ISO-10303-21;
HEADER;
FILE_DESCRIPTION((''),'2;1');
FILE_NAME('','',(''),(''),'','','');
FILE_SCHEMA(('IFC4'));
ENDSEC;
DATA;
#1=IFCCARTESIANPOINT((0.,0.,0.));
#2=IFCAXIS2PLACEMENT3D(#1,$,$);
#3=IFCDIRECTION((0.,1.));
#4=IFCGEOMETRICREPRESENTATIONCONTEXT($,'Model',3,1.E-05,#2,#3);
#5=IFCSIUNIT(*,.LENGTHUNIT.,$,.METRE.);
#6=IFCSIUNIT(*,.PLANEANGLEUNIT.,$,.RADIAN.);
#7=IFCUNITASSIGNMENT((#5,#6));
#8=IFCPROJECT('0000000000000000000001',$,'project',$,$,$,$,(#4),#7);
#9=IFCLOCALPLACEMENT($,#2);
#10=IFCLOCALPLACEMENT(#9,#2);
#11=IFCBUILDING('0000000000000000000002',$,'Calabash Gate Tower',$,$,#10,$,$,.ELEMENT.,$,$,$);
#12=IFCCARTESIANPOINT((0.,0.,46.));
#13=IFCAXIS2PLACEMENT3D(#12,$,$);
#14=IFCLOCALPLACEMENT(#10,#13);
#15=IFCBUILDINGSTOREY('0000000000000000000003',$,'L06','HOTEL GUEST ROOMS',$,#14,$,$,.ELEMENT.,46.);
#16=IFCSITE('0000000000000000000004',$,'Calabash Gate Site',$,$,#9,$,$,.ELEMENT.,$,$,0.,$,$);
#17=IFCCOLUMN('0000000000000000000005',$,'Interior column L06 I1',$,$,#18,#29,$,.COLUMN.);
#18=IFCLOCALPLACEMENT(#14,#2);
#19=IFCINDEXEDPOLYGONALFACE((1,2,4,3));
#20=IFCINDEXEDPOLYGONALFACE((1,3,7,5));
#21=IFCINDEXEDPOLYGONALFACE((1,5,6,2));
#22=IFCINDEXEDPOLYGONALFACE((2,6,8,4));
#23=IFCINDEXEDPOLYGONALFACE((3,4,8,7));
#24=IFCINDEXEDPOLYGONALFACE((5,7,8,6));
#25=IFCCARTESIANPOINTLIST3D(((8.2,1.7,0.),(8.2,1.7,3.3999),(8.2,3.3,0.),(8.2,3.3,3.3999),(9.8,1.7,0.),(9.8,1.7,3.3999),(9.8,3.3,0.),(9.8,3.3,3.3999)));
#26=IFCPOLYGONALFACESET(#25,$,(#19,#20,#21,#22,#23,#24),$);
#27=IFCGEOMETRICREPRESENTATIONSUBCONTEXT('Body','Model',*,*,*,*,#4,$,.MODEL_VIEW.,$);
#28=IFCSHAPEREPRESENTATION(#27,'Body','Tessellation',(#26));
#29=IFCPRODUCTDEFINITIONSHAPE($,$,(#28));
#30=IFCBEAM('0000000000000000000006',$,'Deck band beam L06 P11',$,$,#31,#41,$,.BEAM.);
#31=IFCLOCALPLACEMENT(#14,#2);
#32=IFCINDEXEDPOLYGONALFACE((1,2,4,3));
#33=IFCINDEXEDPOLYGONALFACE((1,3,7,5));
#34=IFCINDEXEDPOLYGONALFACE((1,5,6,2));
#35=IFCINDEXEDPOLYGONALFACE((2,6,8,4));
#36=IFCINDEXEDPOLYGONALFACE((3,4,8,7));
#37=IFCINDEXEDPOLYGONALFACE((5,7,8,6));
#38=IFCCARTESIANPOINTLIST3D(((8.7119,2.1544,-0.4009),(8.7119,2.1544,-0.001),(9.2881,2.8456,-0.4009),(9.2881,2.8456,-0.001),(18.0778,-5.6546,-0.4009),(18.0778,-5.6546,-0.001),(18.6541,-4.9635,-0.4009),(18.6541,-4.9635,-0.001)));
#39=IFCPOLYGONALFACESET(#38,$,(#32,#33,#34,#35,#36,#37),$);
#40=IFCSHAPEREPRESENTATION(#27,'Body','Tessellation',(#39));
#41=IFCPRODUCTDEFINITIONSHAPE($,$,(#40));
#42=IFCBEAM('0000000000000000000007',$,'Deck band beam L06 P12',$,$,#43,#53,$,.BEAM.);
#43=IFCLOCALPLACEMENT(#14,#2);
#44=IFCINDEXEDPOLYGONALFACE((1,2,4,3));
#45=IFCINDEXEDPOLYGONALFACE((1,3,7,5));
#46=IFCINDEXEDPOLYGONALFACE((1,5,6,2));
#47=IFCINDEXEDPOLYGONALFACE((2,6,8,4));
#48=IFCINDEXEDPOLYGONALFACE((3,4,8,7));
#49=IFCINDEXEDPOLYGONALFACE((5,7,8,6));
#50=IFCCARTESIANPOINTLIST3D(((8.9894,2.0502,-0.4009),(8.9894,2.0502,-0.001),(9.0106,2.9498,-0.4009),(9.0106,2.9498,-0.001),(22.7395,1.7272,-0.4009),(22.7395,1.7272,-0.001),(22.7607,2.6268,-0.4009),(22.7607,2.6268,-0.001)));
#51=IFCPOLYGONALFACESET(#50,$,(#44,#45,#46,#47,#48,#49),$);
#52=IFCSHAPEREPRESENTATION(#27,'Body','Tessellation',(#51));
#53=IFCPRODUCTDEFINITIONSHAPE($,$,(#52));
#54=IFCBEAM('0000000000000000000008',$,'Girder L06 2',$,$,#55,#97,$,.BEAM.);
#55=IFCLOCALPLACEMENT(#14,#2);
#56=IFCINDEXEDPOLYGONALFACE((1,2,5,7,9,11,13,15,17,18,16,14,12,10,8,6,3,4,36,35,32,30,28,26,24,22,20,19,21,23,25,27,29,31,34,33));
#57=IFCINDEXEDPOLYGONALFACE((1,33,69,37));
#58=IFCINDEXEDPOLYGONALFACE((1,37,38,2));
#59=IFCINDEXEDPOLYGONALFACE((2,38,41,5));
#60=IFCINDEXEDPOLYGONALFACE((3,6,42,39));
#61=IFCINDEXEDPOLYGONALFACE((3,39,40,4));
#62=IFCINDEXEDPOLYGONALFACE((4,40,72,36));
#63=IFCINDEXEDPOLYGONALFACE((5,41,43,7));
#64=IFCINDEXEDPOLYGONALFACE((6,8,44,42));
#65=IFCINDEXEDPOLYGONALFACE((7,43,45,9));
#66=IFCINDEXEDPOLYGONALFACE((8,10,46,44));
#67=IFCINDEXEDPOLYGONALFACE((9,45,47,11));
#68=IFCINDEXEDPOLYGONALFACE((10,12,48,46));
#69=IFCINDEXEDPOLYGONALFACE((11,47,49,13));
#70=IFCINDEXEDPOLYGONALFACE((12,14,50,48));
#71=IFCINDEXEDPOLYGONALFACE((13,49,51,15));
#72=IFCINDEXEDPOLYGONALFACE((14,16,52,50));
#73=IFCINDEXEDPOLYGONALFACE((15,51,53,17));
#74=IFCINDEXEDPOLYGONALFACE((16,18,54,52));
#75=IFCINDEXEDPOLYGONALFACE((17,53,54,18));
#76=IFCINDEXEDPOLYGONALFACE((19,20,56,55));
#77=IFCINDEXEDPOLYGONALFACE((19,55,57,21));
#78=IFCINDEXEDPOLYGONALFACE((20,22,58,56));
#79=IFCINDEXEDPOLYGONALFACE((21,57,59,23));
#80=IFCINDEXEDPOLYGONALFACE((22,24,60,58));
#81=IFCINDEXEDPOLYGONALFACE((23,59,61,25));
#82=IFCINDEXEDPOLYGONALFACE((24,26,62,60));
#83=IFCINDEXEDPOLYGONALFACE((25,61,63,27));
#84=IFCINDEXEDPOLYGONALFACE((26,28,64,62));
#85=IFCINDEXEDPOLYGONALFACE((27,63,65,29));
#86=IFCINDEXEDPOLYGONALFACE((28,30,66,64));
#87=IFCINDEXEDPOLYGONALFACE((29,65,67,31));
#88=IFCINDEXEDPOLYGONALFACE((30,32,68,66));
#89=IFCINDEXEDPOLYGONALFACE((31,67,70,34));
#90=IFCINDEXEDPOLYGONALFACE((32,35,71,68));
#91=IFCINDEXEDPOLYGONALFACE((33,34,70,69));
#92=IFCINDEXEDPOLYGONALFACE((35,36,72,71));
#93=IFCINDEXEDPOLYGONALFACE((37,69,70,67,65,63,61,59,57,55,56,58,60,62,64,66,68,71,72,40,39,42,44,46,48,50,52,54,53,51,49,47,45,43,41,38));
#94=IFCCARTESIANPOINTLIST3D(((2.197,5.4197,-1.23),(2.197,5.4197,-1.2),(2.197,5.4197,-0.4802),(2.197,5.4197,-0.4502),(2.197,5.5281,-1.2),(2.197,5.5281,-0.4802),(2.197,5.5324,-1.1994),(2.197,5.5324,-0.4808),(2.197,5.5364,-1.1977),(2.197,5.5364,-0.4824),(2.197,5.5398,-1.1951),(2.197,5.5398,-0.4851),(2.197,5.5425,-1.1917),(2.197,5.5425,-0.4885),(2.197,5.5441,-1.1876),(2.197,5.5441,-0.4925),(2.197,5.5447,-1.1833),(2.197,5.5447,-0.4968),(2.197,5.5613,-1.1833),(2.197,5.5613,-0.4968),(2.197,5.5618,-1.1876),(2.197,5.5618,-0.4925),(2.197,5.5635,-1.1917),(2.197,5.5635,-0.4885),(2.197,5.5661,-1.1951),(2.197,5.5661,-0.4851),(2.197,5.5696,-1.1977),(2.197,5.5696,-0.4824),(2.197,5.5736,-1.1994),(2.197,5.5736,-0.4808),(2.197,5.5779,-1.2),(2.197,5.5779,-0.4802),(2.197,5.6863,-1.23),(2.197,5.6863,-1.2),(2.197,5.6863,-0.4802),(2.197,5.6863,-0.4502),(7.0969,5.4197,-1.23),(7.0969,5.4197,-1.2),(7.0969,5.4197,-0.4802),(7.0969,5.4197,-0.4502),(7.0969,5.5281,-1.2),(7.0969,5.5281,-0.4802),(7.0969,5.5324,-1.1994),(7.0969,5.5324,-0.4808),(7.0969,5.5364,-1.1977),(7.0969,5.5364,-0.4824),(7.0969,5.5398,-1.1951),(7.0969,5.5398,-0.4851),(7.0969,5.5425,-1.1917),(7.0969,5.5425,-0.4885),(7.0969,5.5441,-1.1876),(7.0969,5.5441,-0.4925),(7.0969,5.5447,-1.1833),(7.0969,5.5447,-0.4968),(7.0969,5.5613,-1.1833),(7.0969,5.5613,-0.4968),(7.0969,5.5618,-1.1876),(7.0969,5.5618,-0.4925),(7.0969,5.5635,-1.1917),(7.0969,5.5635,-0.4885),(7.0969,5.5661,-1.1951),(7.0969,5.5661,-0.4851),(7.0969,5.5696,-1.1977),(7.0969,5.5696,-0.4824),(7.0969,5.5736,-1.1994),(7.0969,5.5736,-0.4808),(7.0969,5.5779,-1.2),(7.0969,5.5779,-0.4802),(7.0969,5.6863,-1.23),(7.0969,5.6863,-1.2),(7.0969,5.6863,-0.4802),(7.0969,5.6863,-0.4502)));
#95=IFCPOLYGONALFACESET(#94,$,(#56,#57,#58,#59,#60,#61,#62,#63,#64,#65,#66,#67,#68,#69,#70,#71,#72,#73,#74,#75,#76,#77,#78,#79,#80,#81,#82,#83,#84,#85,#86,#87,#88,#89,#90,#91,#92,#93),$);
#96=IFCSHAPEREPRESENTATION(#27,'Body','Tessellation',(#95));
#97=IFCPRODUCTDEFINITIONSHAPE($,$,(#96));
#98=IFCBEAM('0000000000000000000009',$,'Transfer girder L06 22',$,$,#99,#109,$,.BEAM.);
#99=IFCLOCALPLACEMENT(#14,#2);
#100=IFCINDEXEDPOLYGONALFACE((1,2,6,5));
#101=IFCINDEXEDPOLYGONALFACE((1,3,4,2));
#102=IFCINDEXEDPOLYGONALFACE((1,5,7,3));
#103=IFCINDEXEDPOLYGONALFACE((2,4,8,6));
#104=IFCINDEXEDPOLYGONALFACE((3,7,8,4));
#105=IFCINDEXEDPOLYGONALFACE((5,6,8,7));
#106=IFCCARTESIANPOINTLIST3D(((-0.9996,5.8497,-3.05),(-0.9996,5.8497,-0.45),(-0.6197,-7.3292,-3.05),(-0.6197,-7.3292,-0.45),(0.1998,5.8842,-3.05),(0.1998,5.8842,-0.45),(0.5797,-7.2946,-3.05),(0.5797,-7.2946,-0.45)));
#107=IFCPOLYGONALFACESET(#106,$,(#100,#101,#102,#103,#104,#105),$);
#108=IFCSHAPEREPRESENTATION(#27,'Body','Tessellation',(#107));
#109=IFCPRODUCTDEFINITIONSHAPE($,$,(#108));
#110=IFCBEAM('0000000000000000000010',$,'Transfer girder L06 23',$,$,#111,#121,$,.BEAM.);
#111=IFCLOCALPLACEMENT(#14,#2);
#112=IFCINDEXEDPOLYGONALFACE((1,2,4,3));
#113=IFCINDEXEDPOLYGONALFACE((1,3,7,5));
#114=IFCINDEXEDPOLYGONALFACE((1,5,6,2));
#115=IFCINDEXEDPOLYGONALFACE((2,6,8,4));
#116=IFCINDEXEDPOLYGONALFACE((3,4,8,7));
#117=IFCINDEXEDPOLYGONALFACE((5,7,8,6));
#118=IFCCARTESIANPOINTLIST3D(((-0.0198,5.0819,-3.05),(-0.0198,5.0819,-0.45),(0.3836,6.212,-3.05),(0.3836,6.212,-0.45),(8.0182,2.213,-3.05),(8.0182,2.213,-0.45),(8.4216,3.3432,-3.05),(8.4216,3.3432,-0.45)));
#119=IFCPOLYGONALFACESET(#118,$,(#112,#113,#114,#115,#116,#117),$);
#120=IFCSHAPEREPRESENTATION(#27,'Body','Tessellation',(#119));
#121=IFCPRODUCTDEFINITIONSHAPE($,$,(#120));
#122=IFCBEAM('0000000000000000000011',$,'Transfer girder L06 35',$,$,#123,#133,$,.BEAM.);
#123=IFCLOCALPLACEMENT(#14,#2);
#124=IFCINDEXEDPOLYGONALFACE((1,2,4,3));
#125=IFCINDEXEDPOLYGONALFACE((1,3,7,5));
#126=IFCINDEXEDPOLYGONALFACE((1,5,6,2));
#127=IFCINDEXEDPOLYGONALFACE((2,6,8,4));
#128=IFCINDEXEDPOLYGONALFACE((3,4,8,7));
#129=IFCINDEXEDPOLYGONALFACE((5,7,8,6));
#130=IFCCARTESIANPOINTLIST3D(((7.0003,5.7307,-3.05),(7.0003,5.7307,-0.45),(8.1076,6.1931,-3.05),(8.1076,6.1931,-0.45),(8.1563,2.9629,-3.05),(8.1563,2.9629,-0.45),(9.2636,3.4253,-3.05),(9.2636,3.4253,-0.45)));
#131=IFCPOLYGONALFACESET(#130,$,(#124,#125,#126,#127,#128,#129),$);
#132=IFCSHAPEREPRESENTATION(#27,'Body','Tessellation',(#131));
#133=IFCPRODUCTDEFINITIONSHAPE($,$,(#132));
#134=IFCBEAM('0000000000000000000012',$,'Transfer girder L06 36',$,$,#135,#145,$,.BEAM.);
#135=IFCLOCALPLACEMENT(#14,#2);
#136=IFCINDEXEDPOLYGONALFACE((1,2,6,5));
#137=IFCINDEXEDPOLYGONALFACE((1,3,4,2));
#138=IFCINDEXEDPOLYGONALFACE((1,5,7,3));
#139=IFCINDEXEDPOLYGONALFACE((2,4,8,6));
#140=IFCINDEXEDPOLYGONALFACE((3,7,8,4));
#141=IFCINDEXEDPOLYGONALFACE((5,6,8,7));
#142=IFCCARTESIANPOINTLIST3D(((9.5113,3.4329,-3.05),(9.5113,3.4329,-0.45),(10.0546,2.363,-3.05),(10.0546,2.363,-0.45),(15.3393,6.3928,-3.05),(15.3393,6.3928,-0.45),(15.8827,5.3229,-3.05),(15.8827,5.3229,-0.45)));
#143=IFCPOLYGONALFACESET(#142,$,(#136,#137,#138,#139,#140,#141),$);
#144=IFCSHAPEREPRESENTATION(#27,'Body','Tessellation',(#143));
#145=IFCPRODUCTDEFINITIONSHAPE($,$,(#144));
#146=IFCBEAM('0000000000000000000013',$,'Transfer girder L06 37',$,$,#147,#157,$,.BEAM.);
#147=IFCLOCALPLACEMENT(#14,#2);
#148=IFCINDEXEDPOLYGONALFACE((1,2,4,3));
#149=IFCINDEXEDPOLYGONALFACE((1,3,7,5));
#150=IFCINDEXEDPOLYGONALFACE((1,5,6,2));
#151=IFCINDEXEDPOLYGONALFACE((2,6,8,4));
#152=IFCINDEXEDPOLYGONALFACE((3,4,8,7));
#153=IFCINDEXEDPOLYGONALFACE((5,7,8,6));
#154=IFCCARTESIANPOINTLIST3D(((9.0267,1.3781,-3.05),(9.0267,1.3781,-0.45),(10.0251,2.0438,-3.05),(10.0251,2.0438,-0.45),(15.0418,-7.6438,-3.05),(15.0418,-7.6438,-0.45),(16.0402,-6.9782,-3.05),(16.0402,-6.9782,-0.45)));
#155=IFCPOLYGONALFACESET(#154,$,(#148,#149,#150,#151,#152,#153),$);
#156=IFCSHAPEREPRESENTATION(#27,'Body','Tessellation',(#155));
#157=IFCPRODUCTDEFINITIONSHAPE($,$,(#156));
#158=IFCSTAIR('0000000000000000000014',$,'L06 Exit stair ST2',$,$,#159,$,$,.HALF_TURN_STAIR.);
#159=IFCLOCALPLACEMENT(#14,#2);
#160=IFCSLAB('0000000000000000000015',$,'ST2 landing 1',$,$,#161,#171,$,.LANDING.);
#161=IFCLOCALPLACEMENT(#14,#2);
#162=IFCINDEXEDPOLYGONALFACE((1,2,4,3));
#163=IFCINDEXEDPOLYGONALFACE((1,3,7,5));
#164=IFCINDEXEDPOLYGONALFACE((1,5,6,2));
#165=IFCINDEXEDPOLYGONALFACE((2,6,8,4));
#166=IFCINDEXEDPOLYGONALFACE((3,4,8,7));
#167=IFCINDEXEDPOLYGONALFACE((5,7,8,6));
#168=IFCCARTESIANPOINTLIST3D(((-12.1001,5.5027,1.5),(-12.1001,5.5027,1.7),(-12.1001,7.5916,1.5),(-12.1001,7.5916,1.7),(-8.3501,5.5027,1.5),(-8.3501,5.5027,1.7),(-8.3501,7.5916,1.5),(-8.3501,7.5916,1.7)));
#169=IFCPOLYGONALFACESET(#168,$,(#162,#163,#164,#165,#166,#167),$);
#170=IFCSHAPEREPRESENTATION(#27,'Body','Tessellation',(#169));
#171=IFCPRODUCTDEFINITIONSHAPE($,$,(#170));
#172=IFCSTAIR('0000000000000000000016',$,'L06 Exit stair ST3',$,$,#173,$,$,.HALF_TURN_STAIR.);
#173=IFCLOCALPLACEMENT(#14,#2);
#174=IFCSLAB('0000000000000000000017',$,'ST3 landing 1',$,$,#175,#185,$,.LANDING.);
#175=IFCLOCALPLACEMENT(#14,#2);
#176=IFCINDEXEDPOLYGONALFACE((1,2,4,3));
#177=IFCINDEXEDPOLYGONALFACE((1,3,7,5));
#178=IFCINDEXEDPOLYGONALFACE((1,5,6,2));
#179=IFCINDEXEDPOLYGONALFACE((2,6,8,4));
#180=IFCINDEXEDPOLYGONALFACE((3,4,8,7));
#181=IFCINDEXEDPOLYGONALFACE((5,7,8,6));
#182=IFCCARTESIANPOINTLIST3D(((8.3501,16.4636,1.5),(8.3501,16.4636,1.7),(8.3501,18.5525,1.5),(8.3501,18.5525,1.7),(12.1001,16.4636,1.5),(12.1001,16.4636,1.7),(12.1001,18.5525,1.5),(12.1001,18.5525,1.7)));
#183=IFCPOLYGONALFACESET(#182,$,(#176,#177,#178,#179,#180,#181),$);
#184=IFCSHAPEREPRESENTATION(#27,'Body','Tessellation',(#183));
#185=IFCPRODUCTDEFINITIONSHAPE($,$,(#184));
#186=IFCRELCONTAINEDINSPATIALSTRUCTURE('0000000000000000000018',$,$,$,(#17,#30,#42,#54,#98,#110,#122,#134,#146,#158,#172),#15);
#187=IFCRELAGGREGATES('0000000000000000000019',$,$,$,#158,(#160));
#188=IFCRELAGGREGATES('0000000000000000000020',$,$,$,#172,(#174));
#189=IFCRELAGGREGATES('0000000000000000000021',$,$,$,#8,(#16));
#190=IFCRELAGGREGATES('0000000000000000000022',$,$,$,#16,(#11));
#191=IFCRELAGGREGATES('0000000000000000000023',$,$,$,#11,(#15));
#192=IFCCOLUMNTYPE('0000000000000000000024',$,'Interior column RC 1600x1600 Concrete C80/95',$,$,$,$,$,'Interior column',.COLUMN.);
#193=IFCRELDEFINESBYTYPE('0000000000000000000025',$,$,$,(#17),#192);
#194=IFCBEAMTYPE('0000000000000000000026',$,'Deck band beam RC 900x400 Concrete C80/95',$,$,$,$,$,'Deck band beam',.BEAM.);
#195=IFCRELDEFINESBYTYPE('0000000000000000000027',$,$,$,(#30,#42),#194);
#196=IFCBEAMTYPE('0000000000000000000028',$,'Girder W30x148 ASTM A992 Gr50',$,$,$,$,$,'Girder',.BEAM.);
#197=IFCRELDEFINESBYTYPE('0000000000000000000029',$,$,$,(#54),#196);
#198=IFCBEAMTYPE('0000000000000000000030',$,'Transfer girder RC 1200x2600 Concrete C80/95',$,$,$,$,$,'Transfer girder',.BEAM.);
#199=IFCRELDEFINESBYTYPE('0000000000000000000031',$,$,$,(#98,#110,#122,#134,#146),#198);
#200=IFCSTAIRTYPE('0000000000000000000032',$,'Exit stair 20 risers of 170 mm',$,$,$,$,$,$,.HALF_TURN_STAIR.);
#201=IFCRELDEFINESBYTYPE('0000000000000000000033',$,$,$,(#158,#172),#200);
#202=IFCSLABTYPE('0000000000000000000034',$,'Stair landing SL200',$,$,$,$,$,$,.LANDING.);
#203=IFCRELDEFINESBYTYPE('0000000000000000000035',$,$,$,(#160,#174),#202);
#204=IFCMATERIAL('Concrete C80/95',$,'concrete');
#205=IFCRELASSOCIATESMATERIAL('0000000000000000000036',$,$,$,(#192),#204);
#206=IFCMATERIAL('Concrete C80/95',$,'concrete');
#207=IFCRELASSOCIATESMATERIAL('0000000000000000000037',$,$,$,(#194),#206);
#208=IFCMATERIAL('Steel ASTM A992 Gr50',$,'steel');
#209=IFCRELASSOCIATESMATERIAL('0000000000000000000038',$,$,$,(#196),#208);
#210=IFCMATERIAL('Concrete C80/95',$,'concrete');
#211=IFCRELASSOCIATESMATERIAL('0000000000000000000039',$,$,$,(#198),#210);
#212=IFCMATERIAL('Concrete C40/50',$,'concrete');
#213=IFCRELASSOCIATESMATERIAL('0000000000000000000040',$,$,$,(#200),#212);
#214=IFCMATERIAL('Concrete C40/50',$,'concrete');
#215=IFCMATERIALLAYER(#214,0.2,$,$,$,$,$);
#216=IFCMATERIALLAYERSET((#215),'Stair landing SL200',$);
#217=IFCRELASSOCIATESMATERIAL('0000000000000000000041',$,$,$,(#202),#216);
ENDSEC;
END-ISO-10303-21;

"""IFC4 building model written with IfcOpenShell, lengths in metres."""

from ifc_helpers import new_model, si_unit, direction, frame, origin, origin_2d, place, context, subcontext, project, spatial, polyline, rectangle, i_section, outline, extrude, material, layer, layer_set, material_profile, profile_set, type_object, element, aggregate, save


model = new_model("IFC4")

# Units and contexts
model_context = context("Model", 3, precision=1e-05, world=origin(), true_north=direction((0.0, 1.0)))
body_context = subcontext(model_context, "Body", "Model", "MODEL_VIEW")
ifc_project = project(units=[si_unit("LENGTHUNIT", "METRE"), si_unit("PLANEANGLEUNIT", "RADIAN")], contexts=[model_context])

# Site, building, storey
site_placement = place(None, origin())
site = spatial("IfcSite", under=ifc_project, at=site_placement, Name="Calabash Gate Site", CompositionType="ELEMENT", RefElevation=0.0)
building_placement = place(site_placement, origin())
building = spatial("IfcBuilding", under=site, at=building_placement, Name="Calabash Gate Tower", CompositionType="ELEMENT")
storey_placement = place(building_placement, frame((0.0, 0.0, 46.0)))
storey = spatial("IfcBuildingStorey", under=building, at=storey_placement, Name="L06", Description="HOTEL GUEST ROOMS", CompositionType="ELEMENT", Elevation=46.0)

# Column
ifc_material_1 = material(Name="Concrete C80/95", Category="concrete")
ifc_material_profile_1 = material_profile(ifc_material_1, rectangle(XDim=1.6001, YDim=1.6001, at=origin_2d()))
ifc_profile_set_1 = profile_set([ifc_material_profile_1], Name="Concrete C80/95")
column_type = type_object("IfcColumnType", Name="Interior column RC 1600x1600 Concrete C80/95", ElementType="Interior column", PredefinedType="COLUMN", material=ifc_profile_set_1)
column_placement = place(storey_placement, frame((9.0, 2.5, 0.0), z_axis=(0.0, 0.0, 1.0), x_axis=(1.0, 0.0, 0.0)))
element("IfcColumn", 1, at=column_placement, inside=storey, type_object=column_type, Name="Interior column L06 I1", PredefinedType="COLUMN", context=body_context, shape_type="SweptSolid", body=[
    extrude(rectangle(XDim=1.6001, YDim=1.6001, at=origin_2d()), origin(), (0.0, 0.0, 1.0), 3.3999),
])

# Beams
ifc_material_2 = material(Name="Concrete C80/95", Category="concrete")
ifc_material_profile_2 = material_profile(ifc_material_2, rectangle(XDim=0.8999, YDim=0.3999, at=origin_2d()))
ifc_profile_set_2 = profile_set([ifc_material_profile_2], Name="Concrete C80/95")
beam_type_1 = type_object("IfcBeamType", Name="Deck band beam RC 900x400 Concrete C80/95", ElementType="Deck band beam", PredefinedType="BEAM", material=ifc_profile_set_2)
beam_1_placement = place(storey_placement, frame((9.0, 2.5, -0.2009), z_axis=(0.768056, -0.640383, 0.0), x_axis=(0.640383, 0.768056, 0.0)))
element("IfcBeam", 2, at=beam_1_placement, inside=storey, type_object=beam_type_1, Name="Deck band beam L06 P11", PredefinedType="BEAM", context=body_context, shape_type="SweptSolid", body=[
    extrude(rectangle(XDim=0.8999, YDim=0.3999, at=origin_2d()), origin(), (0.0, 0.0, 1.0), 12.1943),
])
beam_2_placement = place(storey_placement, frame((9.0, 2.5, -0.2009), z_axis=(0.999724, -0.023484, 0.0), x_axis=(0.023484, 0.999724, 0.0)))
element("IfcBeam", 3, at=beam_2_placement, inside=storey, type_object=beam_type_1, Name="Deck band beam L06 P12", PredefinedType="BEAM", context=body_context, shape_type="SweptSolid", body=[
    extrude(rectangle(XDim=0.8999, YDim=0.3999, at=origin_2d()), origin(), (0.0, 0.0, 1.0), 13.7539),
])
ifc_material_3 = material(Name="Steel ASTM A992 Gr50", Category="steel")
ifc_material_profile_3 = material_profile(ifc_material_3, i_section(OverallWidth=0.2666, OverallDepth=0.7798, WebThickness=0.0166, FlangeThickness=0.03, FilletRadius=0.0166, at=origin_2d()))
ifc_profile_set_3 = profile_set([ifc_material_profile_3], Name="Steel ASTM A992 Gr50")
beam_type_2 = type_object("IfcBeamType", Name="Girder W30x148 ASTM A992 Gr50", ElementType="Girder", PredefinedType="BEAM", material=ifc_profile_set_3)
beam_3_placement = place(storey_placement, frame((2.197, 5.553, -0.8401), z_axis=(1.0, 0.0, 0.0), x_axis=(0.0, 1.0, 0.0)))
element("IfcBeam", 4, at=beam_3_placement, inside=storey, type_object=beam_type_2, Name="Girder L06 2", PredefinedType="BEAM", context=body_context, shape_type="SweptSolid", body=[
    extrude(i_section(OverallWidth=0.2666, OverallDepth=0.7798, WebThickness=0.0166, FlangeThickness=0.03, FilletRadius=0.0166, at=origin_2d()), origin(), (0.0, 0.0, 1.0), 4.8999),
])
ifc_material_4 = material(Name="Concrete C80/95", Category="concrete")
ifc_material_profile_4 = material_profile(ifc_material_4, rectangle(XDim=1.2, YDim=2.6001, at=origin_2d()))
ifc_profile_set_4 = profile_set([ifc_material_profile_4], Name="Concrete C80/95")
beam_type_3 = type_object("IfcBeamType", Name="Transfer girder RC 1200x2600 Concrete C80/95", ElementType="Transfer girder", PredefinedType="BEAM", material=ifc_profile_set_4)
beam_4_placement = place(storey_placement, frame((-0.3999, 5.8669, -1.75), z_axis=(0.028813, -0.999585, 0.0), x_axis=(0.999585, 0.028813, 0.0)))
element("IfcBeam", 5, at=beam_4_placement, inside=storey, type_object=beam_type_3, Name="Transfer girder L06 22", PredefinedType="BEAM", context=body_context, shape_type="SweptSolid", body=[
    extrude(rectangle(XDim=1.2, YDim=2.6001, at=origin_2d()), origin(), (0.0, 0.0, 1.0), 13.1843),
])
beam_5_placement = place(storey_placement, frame((0.1819, 5.647, -1.75), z_axis=(0.94181, -0.336144, 0.0), x_axis=(0.336144, 0.94181, 0.0)))
element("IfcBeam", 6, at=beam_5_placement, inside=storey, type_object=beam_type_3, Name="Transfer girder L06 23", PredefinedType="BEAM", context=body_context, shape_type="SweptSolid", body=[
    extrude(rectangle(XDim=1.2, YDim=2.6001, at=origin_2d()), origin(), (0.0, 0.0, 1.0), 8.5347),
])
beam_6_placement = place(storey_placement, frame((7.554, 5.9619, -1.75), z_axis=(0.385395, -0.922752, 0.0), x_axis=(0.922752, 0.385395, 0.0)))
element("IfcBeam", 7, at=beam_6_placement, inside=storey, type_object=beam_type_3, Name="Transfer girder L06 35", PredefinedType="BEAM", context=body_context, shape_type="SweptSolid", body=[
    extrude(rectangle(XDim=1.2, YDim=2.6001, at=origin_2d()), origin(), (0.0, 0.0, 1.0), 2.9995),
])
beam_7_placement = place(storey_placement, frame((9.783, 2.8979, -1.75), z_axis=(0.891601, 0.452822, 0.0), x_axis=(-0.452822, 0.891601, 0.0)))
element("IfcBeam", 8, at=beam_7_placement, inside=storey, type_object=beam_type_3, Name="Transfer girder L06 36", PredefinedType="BEAM", context=body_context, shape_type="SweptSolid", body=[
    extrude(rectangle(XDim=1.2, YDim=2.6001, at=origin_2d()), origin(), (0.0, 0.0, 1.0), 6.5366),
])
beam_8_placement = place(storey_placement, frame((9.5259, 1.7109, -1.75), z_axis=(0.554731, -0.83203, 0.0), x_axis=(0.83203, 0.554731, 0.0)))
element("IfcBeam", 9, at=beam_8_placement, inside=storey, type_object=beam_type_3, Name="Transfer girder L06 37", PredefinedType="BEAM", context=body_context, shape_type="SweptSolid", body=[
    extrude(rectangle(XDim=1.2, YDim=2.6001, at=origin_2d()), origin(), (0.0, 0.0, 1.0), 10.8433),
])

# Stairs, slabs
ifc_material_5 = material(Name="Concrete C40/50", Category="concrete")
stair_type = type_object("IfcStairType", Name="Exit stair 20 risers of 170 mm", PredefinedType="HALF_TURN_STAIR", material=ifc_material_5)
stair_1_placement = place(storey_placement, origin())
stair_1 = element("IfcStair", 10, at=stair_1_placement, inside=storey, type_object=stair_type, Name="L06 Exit stair ST2", PredefinedType="HALF_TURN_STAIR")
ifc_material_6 = material(Name="Concrete C40/50", Category="concrete")
ifc_layer_1 = layer(ifc_material_6, 0.2)
ifc_layer_set_1 = layer_set([ifc_layer_1], Name="Stair landing SL200")
slab_type = type_object("IfcSlabType", Name="Stair landing SL200", PredefinedType="LANDING", material=ifc_layer_set_1)
slab_1_placement = place(storey_placement, frame((0.0, 0.0, 1.5)))
slab_1 = element("IfcSlab", 11, at=slab_1_placement, type_object=slab_type, Name="ST2 landing 1", PredefinedType="LANDING", context=body_context, shape_type="SweptSolid", body=[
    extrude(outline(polyline([(-12.1001, 7.5916), (-12.1001, 5.5027), (-8.3501, 5.5027), (-8.3501, 7.5916), (-12.1001, 7.5916)])), origin(), (0.0, 0.0, 1.0), 0.2),
])
aggregate(stair_1, [slab_1])
stair_2_placement = place(storey_placement, origin())
stair_2 = element("IfcStair", 12, at=stair_2_placement, inside=storey, type_object=stair_type, Name="L06 Exit stair ST3", PredefinedType="HALF_TURN_STAIR")
slab_2_placement = place(storey_placement, frame((0.0, 0.0, 1.5)))
slab_2 = element("IfcSlab", 13, at=slab_2_placement, type_object=slab_type, Name="ST3 landing 1", PredefinedType="LANDING", context=body_context, shape_type="SweptSolid", body=[
    extrude(outline(polyline([(12.1001, 16.4636), (12.1001, 18.5525), (8.3501, 18.5525), (8.3501, 16.4636), (12.1001, 16.4636)])), origin(), (0.0, 0.0, 1.0), 0.2),
])
aggregate(stair_2, [slab_2])

save(model, "model.ifc")
